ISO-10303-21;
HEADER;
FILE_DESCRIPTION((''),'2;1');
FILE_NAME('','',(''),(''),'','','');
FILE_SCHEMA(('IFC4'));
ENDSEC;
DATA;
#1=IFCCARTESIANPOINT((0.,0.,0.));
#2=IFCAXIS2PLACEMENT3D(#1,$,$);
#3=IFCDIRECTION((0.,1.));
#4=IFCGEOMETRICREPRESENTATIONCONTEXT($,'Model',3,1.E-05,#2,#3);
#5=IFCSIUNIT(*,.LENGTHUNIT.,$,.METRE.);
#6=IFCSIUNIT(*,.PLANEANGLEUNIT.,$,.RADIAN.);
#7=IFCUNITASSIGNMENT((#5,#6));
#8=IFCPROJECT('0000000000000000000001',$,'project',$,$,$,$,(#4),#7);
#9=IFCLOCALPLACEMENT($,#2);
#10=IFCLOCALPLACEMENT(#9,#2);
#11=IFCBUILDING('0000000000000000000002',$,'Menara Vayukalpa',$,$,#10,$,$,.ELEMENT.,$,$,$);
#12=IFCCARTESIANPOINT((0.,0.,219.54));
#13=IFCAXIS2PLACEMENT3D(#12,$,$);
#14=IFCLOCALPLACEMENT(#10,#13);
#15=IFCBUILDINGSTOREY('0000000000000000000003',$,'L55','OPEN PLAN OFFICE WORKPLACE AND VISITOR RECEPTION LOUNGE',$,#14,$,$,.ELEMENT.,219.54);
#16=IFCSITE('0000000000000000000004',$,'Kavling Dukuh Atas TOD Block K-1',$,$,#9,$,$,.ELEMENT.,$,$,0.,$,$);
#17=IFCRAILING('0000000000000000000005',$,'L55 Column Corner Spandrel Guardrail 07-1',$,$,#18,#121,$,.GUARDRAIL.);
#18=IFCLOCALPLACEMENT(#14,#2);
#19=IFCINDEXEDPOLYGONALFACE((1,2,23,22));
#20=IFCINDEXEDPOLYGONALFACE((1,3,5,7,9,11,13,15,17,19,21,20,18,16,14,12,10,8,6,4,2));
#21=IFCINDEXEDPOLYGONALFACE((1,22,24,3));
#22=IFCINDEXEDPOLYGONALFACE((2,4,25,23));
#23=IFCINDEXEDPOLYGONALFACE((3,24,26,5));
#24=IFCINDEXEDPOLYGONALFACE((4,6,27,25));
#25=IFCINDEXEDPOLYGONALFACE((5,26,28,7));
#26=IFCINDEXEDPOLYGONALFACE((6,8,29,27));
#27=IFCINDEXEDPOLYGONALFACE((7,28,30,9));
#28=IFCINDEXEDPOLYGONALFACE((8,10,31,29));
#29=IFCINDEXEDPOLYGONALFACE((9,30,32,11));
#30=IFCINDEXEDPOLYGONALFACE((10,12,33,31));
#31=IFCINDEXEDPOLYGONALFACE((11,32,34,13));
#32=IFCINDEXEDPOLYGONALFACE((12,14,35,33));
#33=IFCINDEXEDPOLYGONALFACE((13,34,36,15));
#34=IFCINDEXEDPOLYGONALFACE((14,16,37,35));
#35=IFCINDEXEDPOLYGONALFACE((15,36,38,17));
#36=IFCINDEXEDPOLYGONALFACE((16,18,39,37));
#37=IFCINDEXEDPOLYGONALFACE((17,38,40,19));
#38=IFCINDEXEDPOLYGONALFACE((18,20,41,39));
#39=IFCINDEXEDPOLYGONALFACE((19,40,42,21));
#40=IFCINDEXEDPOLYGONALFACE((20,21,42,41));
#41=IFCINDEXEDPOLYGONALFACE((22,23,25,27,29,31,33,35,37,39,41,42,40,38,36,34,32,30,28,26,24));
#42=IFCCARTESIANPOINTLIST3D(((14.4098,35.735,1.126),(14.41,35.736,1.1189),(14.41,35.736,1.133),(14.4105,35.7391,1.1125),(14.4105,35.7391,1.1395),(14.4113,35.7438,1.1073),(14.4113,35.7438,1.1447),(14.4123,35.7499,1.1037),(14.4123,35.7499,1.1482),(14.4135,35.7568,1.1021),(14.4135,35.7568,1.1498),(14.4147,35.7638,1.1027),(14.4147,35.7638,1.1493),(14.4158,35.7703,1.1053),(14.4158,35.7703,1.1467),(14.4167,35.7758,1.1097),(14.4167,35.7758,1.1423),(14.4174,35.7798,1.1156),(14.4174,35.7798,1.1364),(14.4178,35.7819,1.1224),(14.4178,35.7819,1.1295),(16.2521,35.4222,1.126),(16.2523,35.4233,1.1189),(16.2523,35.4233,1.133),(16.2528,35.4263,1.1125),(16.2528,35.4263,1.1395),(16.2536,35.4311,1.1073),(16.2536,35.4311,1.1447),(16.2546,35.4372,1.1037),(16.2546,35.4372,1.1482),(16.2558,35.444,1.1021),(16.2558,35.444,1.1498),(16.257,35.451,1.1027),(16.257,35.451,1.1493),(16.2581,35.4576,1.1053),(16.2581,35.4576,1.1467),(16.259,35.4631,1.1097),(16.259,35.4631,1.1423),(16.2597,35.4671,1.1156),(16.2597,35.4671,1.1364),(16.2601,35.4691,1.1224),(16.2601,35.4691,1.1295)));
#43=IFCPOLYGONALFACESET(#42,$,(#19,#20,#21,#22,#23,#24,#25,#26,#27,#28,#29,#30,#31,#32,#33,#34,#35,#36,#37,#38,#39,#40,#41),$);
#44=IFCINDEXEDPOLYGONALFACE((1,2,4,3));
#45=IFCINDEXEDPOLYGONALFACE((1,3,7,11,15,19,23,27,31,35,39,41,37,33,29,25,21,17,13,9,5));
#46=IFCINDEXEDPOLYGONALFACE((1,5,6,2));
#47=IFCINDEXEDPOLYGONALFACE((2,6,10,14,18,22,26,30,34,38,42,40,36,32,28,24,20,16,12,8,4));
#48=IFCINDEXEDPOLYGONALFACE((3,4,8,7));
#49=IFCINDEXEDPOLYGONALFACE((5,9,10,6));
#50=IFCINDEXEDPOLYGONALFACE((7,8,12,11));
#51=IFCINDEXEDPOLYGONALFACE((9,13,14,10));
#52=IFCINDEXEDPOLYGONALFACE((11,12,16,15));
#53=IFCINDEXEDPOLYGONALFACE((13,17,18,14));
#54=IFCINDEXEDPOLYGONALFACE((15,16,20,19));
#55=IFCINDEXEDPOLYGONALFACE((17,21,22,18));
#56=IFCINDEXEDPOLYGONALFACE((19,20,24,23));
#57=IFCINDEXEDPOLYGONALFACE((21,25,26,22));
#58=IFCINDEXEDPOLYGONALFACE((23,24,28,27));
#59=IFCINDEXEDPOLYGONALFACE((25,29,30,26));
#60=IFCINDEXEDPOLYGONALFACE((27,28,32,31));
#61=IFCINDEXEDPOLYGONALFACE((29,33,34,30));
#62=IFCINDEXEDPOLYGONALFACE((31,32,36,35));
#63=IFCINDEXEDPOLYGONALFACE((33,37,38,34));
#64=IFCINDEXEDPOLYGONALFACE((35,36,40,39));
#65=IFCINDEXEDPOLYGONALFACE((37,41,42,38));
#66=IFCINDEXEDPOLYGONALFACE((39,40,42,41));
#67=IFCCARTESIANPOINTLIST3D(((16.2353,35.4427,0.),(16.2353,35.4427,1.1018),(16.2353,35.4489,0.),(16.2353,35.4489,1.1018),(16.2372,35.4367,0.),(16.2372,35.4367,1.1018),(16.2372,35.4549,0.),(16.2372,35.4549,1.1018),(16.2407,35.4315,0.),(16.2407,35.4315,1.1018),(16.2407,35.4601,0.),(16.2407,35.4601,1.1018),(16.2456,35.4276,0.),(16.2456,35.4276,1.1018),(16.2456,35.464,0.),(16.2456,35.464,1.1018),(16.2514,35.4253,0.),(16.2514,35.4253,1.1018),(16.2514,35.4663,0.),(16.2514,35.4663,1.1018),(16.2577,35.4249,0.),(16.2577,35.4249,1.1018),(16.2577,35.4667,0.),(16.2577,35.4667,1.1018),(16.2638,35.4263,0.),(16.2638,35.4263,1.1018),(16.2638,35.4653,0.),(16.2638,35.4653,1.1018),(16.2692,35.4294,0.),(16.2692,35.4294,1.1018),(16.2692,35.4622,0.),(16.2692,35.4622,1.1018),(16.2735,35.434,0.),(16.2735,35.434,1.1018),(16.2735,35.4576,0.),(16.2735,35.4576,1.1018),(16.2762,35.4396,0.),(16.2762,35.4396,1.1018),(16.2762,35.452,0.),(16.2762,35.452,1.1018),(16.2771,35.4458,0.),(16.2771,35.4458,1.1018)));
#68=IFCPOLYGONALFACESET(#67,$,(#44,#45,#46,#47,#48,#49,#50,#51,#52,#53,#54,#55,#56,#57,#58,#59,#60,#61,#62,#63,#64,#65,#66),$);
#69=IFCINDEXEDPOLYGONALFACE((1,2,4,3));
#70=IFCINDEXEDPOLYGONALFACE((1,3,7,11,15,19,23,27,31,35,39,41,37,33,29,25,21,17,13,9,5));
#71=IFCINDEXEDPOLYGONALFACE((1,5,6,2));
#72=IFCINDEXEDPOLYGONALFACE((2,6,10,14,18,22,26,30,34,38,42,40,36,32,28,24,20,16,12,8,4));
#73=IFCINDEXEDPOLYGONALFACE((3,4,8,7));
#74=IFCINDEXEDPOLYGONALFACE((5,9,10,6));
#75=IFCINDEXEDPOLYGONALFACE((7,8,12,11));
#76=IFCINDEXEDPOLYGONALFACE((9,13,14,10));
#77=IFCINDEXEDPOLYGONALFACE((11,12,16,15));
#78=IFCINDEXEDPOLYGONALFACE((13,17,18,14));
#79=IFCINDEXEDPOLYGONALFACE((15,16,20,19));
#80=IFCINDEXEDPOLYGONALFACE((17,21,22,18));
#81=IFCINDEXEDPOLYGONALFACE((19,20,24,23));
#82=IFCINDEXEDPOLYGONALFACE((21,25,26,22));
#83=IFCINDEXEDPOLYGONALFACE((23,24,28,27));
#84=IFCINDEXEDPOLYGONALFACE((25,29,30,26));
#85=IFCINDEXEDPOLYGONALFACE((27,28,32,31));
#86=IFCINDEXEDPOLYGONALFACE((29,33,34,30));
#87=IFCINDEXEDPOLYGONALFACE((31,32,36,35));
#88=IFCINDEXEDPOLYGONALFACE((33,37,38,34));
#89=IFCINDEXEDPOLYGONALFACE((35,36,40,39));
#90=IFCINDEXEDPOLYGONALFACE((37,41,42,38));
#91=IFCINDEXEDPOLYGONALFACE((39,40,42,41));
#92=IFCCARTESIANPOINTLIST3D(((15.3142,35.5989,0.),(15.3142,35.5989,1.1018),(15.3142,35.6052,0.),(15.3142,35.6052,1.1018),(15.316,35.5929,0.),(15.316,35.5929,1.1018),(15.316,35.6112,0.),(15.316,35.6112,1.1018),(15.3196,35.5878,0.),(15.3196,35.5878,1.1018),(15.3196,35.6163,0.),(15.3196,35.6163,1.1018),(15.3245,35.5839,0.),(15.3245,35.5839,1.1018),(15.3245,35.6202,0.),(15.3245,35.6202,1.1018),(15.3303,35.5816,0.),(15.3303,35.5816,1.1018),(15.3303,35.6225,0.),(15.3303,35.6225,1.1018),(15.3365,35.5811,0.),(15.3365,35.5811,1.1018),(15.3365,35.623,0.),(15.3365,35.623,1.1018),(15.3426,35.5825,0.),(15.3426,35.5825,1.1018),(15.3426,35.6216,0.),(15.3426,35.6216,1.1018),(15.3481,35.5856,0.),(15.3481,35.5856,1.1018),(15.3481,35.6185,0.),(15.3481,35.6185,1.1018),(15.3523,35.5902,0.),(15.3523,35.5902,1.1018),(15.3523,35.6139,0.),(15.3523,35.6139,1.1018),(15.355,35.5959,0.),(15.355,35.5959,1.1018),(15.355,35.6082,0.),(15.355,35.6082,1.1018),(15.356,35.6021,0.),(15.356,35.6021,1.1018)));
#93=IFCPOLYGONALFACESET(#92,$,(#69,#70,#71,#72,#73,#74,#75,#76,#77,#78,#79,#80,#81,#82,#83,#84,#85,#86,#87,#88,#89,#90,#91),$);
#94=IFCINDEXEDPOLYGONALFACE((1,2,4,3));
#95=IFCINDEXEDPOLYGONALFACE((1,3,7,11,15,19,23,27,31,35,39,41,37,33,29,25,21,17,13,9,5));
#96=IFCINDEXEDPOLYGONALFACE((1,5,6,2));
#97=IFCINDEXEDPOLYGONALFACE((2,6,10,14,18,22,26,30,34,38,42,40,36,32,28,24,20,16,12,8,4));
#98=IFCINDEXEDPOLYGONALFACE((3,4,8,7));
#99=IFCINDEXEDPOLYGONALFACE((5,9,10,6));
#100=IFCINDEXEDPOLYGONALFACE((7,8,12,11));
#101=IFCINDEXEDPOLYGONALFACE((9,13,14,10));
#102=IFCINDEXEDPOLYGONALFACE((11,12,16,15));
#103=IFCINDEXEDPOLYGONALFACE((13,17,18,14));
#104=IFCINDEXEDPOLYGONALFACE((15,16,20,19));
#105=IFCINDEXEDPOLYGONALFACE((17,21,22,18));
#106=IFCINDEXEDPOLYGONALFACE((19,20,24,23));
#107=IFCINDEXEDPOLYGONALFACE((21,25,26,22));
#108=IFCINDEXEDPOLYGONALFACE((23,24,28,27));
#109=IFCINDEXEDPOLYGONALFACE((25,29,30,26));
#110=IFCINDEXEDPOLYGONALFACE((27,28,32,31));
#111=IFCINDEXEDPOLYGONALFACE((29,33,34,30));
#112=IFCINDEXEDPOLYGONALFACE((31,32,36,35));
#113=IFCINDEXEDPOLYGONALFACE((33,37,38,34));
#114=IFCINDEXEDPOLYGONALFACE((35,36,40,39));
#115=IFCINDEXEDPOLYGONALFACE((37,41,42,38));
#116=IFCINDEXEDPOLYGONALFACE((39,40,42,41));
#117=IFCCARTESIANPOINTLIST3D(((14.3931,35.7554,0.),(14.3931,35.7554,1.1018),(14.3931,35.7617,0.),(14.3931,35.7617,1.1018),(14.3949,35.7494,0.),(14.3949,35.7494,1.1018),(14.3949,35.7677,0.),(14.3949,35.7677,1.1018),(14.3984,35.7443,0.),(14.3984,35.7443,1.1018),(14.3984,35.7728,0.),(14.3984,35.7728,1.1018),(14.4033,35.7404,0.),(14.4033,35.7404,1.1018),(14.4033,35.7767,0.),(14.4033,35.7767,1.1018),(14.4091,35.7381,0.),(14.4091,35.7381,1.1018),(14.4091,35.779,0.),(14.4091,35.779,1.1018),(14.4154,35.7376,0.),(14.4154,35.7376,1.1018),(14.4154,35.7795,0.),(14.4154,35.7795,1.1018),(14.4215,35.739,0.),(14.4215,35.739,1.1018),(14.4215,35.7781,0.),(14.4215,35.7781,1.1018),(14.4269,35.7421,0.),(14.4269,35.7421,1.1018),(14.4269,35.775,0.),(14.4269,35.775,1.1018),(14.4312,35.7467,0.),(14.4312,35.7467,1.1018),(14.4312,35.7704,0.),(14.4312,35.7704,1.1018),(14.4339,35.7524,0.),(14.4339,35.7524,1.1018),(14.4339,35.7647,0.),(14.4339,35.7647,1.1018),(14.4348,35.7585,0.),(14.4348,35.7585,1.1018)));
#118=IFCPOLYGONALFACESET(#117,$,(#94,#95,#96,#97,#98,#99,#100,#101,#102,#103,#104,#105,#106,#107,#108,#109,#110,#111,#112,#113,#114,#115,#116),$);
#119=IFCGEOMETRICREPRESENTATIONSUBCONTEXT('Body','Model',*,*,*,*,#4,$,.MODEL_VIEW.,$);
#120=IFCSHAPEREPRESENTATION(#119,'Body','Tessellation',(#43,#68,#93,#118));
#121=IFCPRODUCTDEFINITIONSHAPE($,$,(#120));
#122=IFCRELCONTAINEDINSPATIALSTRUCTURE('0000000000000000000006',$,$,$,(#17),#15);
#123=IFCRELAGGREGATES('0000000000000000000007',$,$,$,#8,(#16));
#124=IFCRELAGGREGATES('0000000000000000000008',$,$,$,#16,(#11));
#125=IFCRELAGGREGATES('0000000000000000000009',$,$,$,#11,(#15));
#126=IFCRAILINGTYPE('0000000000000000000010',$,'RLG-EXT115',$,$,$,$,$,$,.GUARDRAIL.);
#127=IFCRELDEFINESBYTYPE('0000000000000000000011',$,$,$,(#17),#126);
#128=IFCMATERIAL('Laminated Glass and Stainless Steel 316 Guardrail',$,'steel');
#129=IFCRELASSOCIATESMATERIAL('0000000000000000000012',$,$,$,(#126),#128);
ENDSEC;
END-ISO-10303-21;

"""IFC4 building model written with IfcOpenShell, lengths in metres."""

from ifc_helpers import new_model, si_unit, direction, frame, origin, origin_2d, place, context, subcontext, project, spatial, circle, extrude, material, type_object, element, save


model = new_model("IFC4")

# Units and contexts
model_context = context("Model", 3, precision=1e-05, world=origin(), true_north=direction((0.0, 1.0)))
body_context = subcontext(model_context, "Body", "Model", "MODEL_VIEW")
ifc_project = project(units=[si_unit("LENGTHUNIT", "METRE"), si_unit("PLANEANGLEUNIT", "RADIAN")], contexts=[model_context])

# Site, building, storey
site_placement = place(None, origin())
site = spatial("IfcSite", under=ifc_project, at=site_placement, Name="Kavling Dukuh Atas TOD Block K-1", CompositionType="ELEMENT", RefElevation=0.0)
building_placement = place(site_placement, origin())
building = spatial("IfcBuilding", under=site, at=building_placement, Name="Menara Vayukalpa", CompositionType="ELEMENT")
storey_placement = place(building_placement, frame((0.0, 0.0, 219.54)))
storey = spatial("IfcBuildingStorey", under=building, at=storey_placement, Name="L55", Description="OPEN PLAN OFFICE WORKPLACE AND VISITOR RECEPTION LOUNGE", CompositionType="ELEMENT", Elevation=219.54)

# Railing
ifc_material_1 = material(Name="Laminated Glass and Stainless Steel 316 Guardrail", Category="steel")
railing_type = type_object("IfcRailingType", Name="RLG-EXT115", PredefinedType="GUARDRAIL", material=ifc_material_1)
railing_placement = place(storey_placement, frame((16.2561, 35.4458, 0.0)))
element("IfcRailing", 1, at=railing_placement, inside=storey, type_object=railing_type, Name="L55 Column Corner Spandrel Guardrail 07-1", PredefinedType="GUARDRAIL", context=body_context, shape_type="SweptSolid", body=[
    extrude(circle(Radius=0.0239, at=origin_2d()), frame((0.0, 0.0, 1.126), z_axis=(-0.985895, 0.167364, 0.0), x_axis=(-0.167364, -0.985895, 0.0)), (0.0, 0.0, 1.0), 1.8687),
    extrude(circle(Radius=0.021, at=origin_2d()), origin(), (0.0, 0.0, 1.0), 1.1018),
    extrude(circle(Radius=0.021, at=origin_2d()), frame((-0.9211, 0.1562, 0.0)), (0.0, 0.0, 1.0), 1.1018),
    extrude(circle(Radius=0.021, at=origin_2d()), frame((-1.8423, 0.3127, 0.0)), (0.0, 0.0, 1.0), 1.1018),
])

save(model, "model.ifc")
